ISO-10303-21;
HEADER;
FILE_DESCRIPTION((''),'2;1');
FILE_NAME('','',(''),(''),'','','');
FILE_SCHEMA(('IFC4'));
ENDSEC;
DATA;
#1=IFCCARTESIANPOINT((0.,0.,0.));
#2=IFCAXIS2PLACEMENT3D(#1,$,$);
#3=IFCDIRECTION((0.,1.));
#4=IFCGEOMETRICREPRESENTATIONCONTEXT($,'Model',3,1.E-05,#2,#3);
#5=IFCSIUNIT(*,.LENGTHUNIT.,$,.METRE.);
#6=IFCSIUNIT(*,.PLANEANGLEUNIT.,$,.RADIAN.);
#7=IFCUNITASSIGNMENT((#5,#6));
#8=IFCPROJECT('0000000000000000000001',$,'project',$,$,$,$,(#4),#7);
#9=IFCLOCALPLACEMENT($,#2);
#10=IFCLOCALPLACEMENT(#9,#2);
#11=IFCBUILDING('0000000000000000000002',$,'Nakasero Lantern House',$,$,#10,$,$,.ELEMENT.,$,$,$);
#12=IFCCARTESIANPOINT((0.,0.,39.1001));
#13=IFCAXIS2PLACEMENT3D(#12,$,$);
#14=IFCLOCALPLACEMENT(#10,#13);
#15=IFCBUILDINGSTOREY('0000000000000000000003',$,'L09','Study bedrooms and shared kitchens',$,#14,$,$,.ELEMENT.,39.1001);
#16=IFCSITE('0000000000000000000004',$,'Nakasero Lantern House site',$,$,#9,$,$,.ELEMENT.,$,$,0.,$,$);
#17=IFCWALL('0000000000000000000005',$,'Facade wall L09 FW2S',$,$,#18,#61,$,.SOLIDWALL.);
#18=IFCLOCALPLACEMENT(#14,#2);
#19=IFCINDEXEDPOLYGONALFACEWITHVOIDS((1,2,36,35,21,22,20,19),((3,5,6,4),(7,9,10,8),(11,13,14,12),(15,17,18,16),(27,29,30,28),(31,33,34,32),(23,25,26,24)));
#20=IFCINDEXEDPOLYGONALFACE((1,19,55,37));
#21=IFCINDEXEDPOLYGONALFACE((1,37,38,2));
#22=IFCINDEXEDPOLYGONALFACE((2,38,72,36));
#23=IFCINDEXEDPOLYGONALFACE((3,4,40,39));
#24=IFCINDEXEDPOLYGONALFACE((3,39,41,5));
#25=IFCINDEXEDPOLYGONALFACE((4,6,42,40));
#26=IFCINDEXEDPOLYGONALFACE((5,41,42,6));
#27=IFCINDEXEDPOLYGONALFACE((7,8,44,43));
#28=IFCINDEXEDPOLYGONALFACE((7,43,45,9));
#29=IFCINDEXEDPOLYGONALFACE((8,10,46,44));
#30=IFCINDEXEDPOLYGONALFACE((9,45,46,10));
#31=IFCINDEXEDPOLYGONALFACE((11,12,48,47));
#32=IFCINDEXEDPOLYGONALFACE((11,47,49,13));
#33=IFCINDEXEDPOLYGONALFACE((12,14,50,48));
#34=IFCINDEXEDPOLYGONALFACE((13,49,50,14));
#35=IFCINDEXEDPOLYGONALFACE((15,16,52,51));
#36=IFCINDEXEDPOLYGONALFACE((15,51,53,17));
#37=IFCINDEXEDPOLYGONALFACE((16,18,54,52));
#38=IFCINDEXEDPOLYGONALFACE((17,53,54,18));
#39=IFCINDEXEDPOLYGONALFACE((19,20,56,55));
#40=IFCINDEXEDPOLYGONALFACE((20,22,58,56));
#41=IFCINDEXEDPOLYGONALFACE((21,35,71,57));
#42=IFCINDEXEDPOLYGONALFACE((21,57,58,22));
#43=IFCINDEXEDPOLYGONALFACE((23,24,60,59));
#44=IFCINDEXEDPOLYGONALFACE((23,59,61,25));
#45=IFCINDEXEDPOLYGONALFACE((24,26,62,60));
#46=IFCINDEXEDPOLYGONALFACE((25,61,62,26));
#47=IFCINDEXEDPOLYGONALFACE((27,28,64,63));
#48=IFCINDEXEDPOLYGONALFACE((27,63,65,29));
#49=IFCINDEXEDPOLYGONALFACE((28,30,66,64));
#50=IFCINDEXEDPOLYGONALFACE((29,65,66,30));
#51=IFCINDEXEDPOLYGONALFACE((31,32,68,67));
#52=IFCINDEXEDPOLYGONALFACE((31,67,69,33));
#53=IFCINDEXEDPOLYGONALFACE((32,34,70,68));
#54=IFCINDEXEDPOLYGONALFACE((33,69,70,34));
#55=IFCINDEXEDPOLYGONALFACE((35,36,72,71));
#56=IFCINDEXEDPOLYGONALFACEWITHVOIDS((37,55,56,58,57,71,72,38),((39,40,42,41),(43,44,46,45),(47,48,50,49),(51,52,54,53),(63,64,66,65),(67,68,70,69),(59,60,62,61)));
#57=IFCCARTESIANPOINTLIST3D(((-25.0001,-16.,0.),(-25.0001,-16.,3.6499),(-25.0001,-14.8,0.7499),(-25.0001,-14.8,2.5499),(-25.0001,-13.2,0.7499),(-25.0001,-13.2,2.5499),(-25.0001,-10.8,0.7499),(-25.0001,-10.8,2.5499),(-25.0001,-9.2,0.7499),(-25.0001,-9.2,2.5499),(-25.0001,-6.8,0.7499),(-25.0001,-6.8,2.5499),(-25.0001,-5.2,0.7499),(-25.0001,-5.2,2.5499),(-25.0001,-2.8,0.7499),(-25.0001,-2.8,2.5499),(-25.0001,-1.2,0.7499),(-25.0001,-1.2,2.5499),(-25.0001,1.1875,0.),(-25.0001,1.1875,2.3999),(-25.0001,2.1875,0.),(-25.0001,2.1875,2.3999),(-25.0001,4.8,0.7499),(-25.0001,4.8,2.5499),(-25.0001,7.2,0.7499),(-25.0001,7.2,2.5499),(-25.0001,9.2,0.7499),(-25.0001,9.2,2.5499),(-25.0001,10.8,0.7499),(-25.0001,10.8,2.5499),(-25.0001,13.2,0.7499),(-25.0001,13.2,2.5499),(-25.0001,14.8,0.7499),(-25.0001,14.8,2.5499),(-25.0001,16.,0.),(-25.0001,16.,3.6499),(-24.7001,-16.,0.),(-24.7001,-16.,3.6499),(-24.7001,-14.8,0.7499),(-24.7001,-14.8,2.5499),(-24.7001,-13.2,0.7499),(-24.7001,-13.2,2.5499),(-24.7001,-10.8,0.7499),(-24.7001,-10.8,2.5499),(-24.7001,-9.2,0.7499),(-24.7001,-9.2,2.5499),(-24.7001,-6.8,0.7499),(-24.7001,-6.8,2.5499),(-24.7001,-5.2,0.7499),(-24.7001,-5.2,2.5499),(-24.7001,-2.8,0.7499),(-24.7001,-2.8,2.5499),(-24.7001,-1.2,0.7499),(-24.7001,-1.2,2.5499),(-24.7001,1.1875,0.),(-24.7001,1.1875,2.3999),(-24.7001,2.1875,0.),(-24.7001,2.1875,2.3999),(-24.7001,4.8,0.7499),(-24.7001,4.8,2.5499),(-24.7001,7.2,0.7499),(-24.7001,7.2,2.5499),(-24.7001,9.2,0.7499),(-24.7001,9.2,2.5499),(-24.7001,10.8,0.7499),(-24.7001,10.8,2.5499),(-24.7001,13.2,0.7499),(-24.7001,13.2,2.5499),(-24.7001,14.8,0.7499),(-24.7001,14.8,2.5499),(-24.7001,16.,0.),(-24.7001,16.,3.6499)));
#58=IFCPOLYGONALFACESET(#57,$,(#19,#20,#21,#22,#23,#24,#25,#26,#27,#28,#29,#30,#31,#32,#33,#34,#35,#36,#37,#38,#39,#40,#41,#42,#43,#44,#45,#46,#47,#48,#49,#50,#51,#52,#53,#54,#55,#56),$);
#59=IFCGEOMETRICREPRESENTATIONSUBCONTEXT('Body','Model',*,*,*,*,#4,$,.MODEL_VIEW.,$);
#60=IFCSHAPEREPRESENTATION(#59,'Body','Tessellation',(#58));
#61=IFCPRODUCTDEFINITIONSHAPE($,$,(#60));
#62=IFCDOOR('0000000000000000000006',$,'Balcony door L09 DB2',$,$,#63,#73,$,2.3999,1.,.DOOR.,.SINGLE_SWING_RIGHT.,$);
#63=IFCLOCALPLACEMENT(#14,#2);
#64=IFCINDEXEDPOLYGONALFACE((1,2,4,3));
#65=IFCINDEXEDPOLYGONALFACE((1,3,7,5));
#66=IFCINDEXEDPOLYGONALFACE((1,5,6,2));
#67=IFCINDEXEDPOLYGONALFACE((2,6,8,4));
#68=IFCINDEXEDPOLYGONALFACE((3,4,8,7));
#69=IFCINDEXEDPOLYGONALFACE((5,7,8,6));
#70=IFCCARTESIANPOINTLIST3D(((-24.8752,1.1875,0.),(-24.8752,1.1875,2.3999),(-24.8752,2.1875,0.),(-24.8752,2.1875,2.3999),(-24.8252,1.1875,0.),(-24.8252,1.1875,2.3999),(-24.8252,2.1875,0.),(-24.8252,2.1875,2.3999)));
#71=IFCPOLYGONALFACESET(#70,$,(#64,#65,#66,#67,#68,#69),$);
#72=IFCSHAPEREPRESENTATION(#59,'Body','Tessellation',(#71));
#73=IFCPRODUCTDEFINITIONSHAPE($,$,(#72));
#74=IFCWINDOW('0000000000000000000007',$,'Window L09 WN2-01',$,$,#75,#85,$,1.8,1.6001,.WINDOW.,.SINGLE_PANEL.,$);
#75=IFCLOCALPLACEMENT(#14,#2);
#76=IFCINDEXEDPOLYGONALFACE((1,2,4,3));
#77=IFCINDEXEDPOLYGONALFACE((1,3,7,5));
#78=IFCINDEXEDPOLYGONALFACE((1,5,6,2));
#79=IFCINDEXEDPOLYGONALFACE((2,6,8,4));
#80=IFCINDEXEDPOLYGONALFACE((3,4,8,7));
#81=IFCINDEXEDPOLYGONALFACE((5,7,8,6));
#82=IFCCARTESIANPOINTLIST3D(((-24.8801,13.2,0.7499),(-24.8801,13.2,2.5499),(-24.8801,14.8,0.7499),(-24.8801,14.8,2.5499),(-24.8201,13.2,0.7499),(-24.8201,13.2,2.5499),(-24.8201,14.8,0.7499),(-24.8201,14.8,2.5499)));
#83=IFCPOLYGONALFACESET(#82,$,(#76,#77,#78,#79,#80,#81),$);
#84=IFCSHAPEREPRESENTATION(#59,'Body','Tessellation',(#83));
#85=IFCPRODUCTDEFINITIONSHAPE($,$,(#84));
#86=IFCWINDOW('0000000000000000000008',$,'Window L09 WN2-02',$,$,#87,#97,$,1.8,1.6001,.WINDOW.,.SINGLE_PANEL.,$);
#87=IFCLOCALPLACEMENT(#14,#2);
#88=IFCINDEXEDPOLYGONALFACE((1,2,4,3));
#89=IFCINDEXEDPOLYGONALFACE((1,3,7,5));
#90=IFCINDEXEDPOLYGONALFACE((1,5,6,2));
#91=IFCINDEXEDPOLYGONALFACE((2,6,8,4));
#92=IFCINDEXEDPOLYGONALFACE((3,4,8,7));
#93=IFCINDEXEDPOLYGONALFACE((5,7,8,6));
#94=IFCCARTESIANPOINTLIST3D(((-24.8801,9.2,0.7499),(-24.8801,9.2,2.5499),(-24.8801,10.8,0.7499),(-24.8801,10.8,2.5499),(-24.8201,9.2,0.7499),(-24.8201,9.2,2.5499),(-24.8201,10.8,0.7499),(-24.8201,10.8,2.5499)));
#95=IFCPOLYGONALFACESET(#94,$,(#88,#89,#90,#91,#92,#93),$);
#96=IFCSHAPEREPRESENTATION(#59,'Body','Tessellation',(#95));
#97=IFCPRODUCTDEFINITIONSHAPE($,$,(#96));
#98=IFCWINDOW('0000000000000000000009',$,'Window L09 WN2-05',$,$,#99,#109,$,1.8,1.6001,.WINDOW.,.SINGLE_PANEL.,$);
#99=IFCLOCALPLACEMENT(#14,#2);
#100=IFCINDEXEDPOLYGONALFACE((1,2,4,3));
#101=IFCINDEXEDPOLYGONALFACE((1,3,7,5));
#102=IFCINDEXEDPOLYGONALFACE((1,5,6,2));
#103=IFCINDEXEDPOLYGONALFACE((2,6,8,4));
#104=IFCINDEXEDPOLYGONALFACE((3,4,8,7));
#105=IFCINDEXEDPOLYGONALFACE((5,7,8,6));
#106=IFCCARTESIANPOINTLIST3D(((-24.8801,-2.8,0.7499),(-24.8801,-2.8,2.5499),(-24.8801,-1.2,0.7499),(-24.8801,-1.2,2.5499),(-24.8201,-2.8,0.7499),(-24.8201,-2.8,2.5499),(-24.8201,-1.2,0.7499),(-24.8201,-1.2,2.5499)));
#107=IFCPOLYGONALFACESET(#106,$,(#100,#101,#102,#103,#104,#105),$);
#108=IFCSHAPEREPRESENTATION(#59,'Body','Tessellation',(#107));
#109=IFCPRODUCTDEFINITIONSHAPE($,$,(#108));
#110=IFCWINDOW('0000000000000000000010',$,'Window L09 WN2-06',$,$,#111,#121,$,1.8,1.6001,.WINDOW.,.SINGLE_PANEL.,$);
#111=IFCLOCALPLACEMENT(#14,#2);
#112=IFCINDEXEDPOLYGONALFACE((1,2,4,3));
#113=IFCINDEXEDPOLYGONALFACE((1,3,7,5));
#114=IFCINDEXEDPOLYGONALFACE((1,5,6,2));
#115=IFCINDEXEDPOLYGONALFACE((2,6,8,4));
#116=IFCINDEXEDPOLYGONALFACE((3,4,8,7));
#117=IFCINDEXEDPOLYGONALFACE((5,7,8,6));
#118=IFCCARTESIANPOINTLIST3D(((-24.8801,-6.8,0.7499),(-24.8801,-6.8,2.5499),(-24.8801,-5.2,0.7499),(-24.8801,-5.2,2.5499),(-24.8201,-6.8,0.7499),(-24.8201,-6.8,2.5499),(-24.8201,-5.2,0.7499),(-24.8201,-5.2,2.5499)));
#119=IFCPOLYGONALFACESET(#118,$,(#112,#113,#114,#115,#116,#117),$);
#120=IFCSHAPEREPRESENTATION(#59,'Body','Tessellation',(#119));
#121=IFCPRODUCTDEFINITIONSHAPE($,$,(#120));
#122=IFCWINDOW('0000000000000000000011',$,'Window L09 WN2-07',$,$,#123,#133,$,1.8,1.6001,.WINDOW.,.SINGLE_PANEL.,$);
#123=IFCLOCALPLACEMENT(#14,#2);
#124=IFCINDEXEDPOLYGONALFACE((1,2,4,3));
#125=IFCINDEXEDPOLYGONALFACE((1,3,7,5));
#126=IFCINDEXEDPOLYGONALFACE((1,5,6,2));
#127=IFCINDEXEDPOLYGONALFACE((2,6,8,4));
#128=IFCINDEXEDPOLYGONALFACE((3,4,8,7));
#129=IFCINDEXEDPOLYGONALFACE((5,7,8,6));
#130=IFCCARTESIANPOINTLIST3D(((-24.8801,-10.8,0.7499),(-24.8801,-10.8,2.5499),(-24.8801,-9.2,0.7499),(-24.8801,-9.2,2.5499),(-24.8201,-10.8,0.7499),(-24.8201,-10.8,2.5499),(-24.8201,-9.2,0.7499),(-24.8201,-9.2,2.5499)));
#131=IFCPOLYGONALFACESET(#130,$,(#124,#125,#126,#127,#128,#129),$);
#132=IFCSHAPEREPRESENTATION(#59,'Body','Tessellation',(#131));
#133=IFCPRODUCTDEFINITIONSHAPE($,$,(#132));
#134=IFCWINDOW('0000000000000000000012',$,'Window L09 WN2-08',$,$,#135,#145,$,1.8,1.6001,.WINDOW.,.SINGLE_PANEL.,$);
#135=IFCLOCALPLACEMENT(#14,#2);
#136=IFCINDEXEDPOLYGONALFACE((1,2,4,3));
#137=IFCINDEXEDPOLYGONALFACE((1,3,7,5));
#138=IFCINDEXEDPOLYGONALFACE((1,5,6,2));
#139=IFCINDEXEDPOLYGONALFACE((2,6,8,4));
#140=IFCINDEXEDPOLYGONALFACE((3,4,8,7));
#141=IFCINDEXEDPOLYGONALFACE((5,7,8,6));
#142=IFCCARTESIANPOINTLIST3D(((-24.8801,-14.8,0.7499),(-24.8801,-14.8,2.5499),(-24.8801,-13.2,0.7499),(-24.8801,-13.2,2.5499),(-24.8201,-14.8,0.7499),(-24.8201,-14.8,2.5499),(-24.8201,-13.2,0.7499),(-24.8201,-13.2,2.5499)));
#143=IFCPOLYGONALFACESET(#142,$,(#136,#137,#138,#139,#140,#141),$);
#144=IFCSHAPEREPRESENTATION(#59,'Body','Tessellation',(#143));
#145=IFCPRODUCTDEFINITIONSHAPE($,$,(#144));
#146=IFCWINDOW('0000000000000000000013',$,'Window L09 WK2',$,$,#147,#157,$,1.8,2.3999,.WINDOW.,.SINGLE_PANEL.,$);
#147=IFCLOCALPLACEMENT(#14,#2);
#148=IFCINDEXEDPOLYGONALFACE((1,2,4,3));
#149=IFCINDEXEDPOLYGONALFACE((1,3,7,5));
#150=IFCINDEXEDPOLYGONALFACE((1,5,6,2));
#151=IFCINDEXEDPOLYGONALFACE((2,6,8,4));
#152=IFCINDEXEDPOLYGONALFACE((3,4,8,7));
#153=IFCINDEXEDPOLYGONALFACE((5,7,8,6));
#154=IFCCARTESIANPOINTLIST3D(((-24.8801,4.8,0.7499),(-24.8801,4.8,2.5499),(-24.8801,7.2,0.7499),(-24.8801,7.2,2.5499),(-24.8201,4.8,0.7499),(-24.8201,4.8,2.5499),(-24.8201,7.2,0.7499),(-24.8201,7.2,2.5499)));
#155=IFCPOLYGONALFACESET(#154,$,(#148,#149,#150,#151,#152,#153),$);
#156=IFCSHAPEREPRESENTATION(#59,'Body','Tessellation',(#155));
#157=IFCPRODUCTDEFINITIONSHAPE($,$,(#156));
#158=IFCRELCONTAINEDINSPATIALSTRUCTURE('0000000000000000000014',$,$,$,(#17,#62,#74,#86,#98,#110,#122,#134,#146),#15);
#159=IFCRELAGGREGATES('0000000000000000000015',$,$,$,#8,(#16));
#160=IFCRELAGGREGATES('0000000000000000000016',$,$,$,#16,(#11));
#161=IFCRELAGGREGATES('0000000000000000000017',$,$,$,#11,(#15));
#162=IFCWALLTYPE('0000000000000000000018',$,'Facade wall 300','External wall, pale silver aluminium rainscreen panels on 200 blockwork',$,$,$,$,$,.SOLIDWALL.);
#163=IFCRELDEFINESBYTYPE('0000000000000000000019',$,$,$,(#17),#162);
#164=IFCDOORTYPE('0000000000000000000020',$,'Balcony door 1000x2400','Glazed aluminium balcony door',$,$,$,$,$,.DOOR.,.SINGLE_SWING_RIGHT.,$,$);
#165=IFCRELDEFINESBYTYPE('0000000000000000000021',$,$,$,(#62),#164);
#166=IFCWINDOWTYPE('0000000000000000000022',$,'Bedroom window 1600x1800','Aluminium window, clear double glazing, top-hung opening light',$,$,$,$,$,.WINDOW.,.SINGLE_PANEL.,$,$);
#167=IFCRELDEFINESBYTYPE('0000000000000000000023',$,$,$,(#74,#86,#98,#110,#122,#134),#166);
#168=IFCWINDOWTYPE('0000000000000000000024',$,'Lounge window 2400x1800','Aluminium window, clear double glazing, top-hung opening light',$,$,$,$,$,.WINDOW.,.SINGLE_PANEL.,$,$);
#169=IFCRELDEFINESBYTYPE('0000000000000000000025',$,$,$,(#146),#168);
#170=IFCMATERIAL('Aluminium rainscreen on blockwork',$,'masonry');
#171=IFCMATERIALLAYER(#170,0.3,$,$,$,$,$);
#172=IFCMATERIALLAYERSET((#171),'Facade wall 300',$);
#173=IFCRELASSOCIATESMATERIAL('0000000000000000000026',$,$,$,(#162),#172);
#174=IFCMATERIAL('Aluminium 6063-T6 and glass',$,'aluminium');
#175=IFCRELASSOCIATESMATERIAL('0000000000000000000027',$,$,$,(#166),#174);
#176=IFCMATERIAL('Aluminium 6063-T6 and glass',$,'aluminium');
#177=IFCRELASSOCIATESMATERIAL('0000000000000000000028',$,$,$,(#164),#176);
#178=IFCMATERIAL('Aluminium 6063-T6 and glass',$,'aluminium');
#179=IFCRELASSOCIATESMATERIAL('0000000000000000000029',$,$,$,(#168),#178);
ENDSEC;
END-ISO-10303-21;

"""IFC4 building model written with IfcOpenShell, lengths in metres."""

from ifc_helpers import new_model, si_unit, direction, frame, frame_2d, origin, place, context, subcontext, project, spatial, rectangle, extrude, material, layer, layer_set, type_object, element, fill, save


model = new_model("IFC4")

# Units and contexts
model_context = context("Model", 3, precision=1e-05, world=origin(), true_north=direction((0.0, 1.0)))
body_context = subcontext(model_context, "Body", "Model", "MODEL_VIEW")
ifc_project = project(units=[si_unit("LENGTHUNIT", "METRE"), si_unit("PLANEANGLEUNIT", "RADIAN")], contexts=[model_context])

# Site, building, storey
site_placement = place(None, origin())
site = spatial("IfcSite", under=ifc_project, at=site_placement, Name="Nakasero Lantern House site", CompositionType="ELEMENT", RefElevation=0.0)
building_placement = place(site_placement, origin())
building = spatial("IfcBuilding", under=site, at=building_placement, Name="Nakasero Lantern House", CompositionType="ELEMENT")
storey_placement = place(building_placement, frame((0.0, 0.0, 39.1001)))
storey = spatial("IfcBuildingStorey", under=building, at=storey_placement, Name="L09", Description="Study bedrooms and shared kitchens", CompositionType="ELEMENT", Elevation=39.1001)

# Shared definitions
ifc_material_1 = material(Name="Aluminium rainscreen on blockwork", Category="masonry")
ifc_layer_1 = layer(ifc_material_1, 0.3)
ifc_layer_set_1 = layer_set([ifc_layer_1], Name="Facade wall 300")
wall_type_1 = type_object("IfcWallType", Name="Facade wall 300", Description="External wall, pale silver aluminium rainscreen panels on 200 blockwork", PredefinedType="SOLIDWALL", material=ifc_layer_set_1)
ifc_material_2 = material(Name="Aluminium 6063-T6 and glass", Category="aluminium")
window_type_1 = type_object("IfcWindowType", Name="Bedroom window 1600x1800", Description="Aluminium window, clear double glazing, top-hung opening light", PartitioningType="SINGLE_PANEL", PredefinedType="WINDOW", material=ifc_material_2)

# Wall, openings, door, windows
wall_1_placement = place(storey_placement, frame((-24.8501, 16.0, 0.0), z_axis=(0.0, 0.0, 1.0), x_axis=(0.0, -1.0, 0.0)))
wall_1 = element("IfcWall", 1, at=wall_1_placement, inside=storey, type_object=wall_type_1, Name="Facade wall L09 FW2S", PredefinedType="SOLIDWALL", context=body_context, shape_type="SweptSolid", body=[
    extrude(rectangle(XDim=32.0, YDim=0.3, at=frame_2d((16.0, 0.0))), origin(), (0.0, 0.0, 1.0), 3.6499),
])
opening_1_placement = place(wall_1_placement, frame((1.2, 0.0, 0.75)))
opening_1 = element("IfcOpeningElement", 2, at=opening_1_placement, cuts=wall_1, PredefinedType="OPENING", context=body_context, shape_type="SweptSolid", body=[
    extrude(rectangle(XDim=1.6001, YDim=1.8, at=frame_2d((0.8, 0.8999))), frame((0.0, 0.1699, 0.0), z_axis=(0.0, -1.0, 0.0), x_axis=(1.0, 0.0, 0.0)), (0.0, 0.0, 1.0), 0.3401),
])
opening_2_placement = place(wall_1_placement, frame((5.2, 0.0, 0.75)))
opening_2 = element("IfcOpeningElement", 3, at=opening_2_placement, cuts=wall_1, PredefinedType="OPENING", context=body_context, shape_type="SweptSolid", body=[
    extrude(rectangle(XDim=1.6001, YDim=1.8, at=frame_2d((0.8, 0.8999))), frame((0.0, 0.1699, 0.0), z_axis=(0.0, -1.0, 0.0), x_axis=(1.0, 0.0, 0.0)), (0.0, 0.0, 1.0), 0.3401),
])
opening_3_placement = place(wall_1_placement, frame((17.2, 0.0, 0.75)))
opening_3 = element("IfcOpeningElement", 4, at=opening_3_placement, cuts=wall_1, PredefinedType="OPENING", context=body_context, shape_type="SweptSolid", body=[
    extrude(rectangle(XDim=1.6001, YDim=1.8, at=frame_2d((0.8, 0.8999))), frame((0.0, 0.1699, 0.0), z_axis=(0.0, -1.0, 0.0), x_axis=(1.0, 0.0, 0.0)), (0.0, 0.0, 1.0), 0.3401),
])
opening_4_placement = place(wall_1_placement, frame((21.2, 0.0, 0.75)))
opening_4 = element("IfcOpeningElement", 5, at=opening_4_placement, cuts=wall_1, PredefinedType="OPENING", context=body_context, shape_type="SweptSolid", body=[
    extrude(rectangle(XDim=1.6001, YDim=1.8, at=frame_2d((0.8, 0.8999))), frame((0.0, 0.1699, 0.0), z_axis=(0.0, -1.0, 0.0), x_axis=(1.0, 0.0, 0.0)), (0.0, 0.0, 1.0), 0.3401),
])
opening_5_placement = place(wall_1_placement, frame((25.2, 0.0, 0.75)))
opening_5 = element("IfcOpeningElement", 6, at=opening_5_placement, cuts=wall_1, PredefinedType="OPENING", context=body_context, shape_type="SweptSolid", body=[
    extrude(rectangle(XDim=1.6001, YDim=1.8, at=frame_2d((0.8, 0.8999))), frame((0.0, 0.1699, 0.0), z_axis=(0.0, -1.0, 0.0), x_axis=(1.0, 0.0, 0.0)), (0.0, 0.0, 1.0), 0.3401),
])
opening_6_placement = place(wall_1_placement, frame((29.2, 0.0, 0.75)))
opening_6 = element("IfcOpeningElement", 7, at=opening_6_placement, cuts=wall_1, PredefinedType="OPENING", context=body_context, shape_type="SweptSolid", body=[
    extrude(rectangle(XDim=1.6001, YDim=1.8, at=frame_2d((0.8, 0.8999))), frame((0.0, 0.1699, 0.0), z_axis=(0.0, -1.0, 0.0), x_axis=(1.0, 0.0, 0.0)), (0.0, 0.0, 1.0), 0.3401),
])
opening_7_placement = place(wall_1_placement, frame((8.8, 0.0, 0.75)))
opening_7 = element("IfcOpeningElement", 8, at=opening_7_placement, cuts=wall_1, PredefinedType="OPENING", context=body_context, shape_type="SweptSolid", body=[
    extrude(rectangle(XDim=2.3999, YDim=1.8, at=frame_2d((1.2, 0.8999))), frame((0.0, 0.1699, 0.0), z_axis=(0.0, -1.0, 0.0), x_axis=(1.0, 0.0, 0.0)), (0.0, 0.0, 1.0), 0.3401),
])
opening_8_placement = place(wall_1_placement, frame((13.8125, 0.0, 0.0)))
opening_8 = element("IfcOpeningElement", 9, at=opening_8_placement, cuts=wall_1, PredefinedType="OPENING", context=body_context, shape_type="SweptSolid", body=[
    extrude(rectangle(XDim=1.0, YDim=2.3999, at=frame_2d((0.5, 1.2))), frame((0.0, 0.1699, 0.0), z_axis=(0.0, -1.0, 0.0), x_axis=(1.0, 0.0, 0.0)), (0.0, 0.0, 1.0), 0.3401),
])
ifc_material_3 = material(Name="Aluminium 6063-T6 and glass", Category="aluminium")
door_type_1 = type_object("IfcDoorType", Name="Balcony door 1000x2400", Description="Glazed aluminium balcony door", OperationType="SINGLE_SWING_RIGHT", PredefinedType="DOOR", material=ifc_material_3)
door_1_placement = place(opening_8_placement, origin())
door_1 = element("IfcDoor", 10, at=door_1_placement, inside=storey, type_object=door_type_1, Name="Balcony door L09 DB2", OperationType="SINGLE_SWING_RIGHT", OverallHeight=2.3999, OverallWidth=1.0, PredefinedType="DOOR", context=body_context, shape_type="SweptSolid", body=[
    extrude(rectangle(XDim=1.0, YDim=2.3999, at=frame_2d((0.5, 1.2))), frame((0.0, 0.0249, 0.0), z_axis=(0.0, -1.0, 0.0), x_axis=(1.0, 0.0, 0.0)), (0.0, 0.0, 1.0), 0.05),
])
fill(opening_8, door_1)
window_1_placement = place(opening_1_placement, origin())
window_1 = element("IfcWindow", 11, at=window_1_placement, inside=storey, type_object=window_type_1, Name="Window L09 WN2-01", OverallHeight=1.8, OverallWidth=1.6001, PartitioningType="SINGLE_PANEL", PredefinedType="WINDOW", context=body_context, shape_type="SweptSolid", body=[
    extrude(rectangle(XDim=1.6001, YDim=1.8, at=frame_2d((0.8, 0.8999))), frame((0.0, 0.03, 0.0), z_axis=(0.0, -1.0, 0.0), x_axis=(1.0, 0.0, 0.0)), (0.0, 0.0, 1.0), 0.0601),
])
fill(opening_1, window_1)
window_2_placement = place(opening_2_placement, origin())
window_2 = element("IfcWindow", 12, at=window_2_placement, inside=storey, type_object=window_type_1, Name="Window L09 WN2-02", OverallHeight=1.8, OverallWidth=1.6001, PartitioningType="SINGLE_PANEL", PredefinedType="WINDOW", context=body_context, shape_type="SweptSolid", body=[
    extrude(rectangle(XDim=1.6001, YDim=1.8, at=frame_2d((0.8, 0.8999))), frame((0.0, 0.03, 0.0), z_axis=(0.0, -1.0, 0.0), x_axis=(1.0, 0.0, 0.0)), (0.0, 0.0, 1.0), 0.0601),
])
fill(opening_2, window_2)
window_3_placement = place(opening_3_placement, origin())
window_3 = element("IfcWindow", 13, at=window_3_placement, inside=storey, type_object=window_type_1, Name="Window L09 WN2-05", OverallHeight=1.8, OverallWidth=1.6001, PartitioningType="SINGLE_PANEL", PredefinedType="WINDOW", context=body_context, shape_type="SweptSolid", body=[
    extrude(rectangle(XDim=1.6001, YDim=1.8, at=frame_2d((0.8, 0.8999))), frame((0.0, 0.03, 0.0), z_axis=(0.0, -1.0, 0.0), x_axis=(1.0, 0.0, 0.0)), (0.0, 0.0, 1.0), 0.0601),
])
fill(opening_3, window_3)
window_4_placement = place(opening_4_placement, origin())
window_4 = element("IfcWindow", 14, at=window_4_placement, inside=storey, type_object=window_type_1, Name="Window L09 WN2-06", OverallHeight=1.8, OverallWidth=1.6001, PartitioningType="SINGLE_PANEL", PredefinedType="WINDOW", context=body_context, shape_type="SweptSolid", body=[
    extrude(rectangle(XDim=1.6001, YDim=1.8, at=frame_2d((0.8, 0.8999))), frame((0.0, 0.03, 0.0), z_axis=(0.0, -1.0, 0.0), x_axis=(1.0, 0.0, 0.0)), (0.0, 0.0, 1.0), 0.0601),
])
fill(opening_4, window_4)
window_5_placement = place(opening_5_placement, origin())
window_5 = element("IfcWindow", 15, at=window_5_placement, inside=storey, type_object=window_type_1, Name="Window L09 WN2-07", OverallHeight=1.8, OverallWidth=1.6001, PartitioningType="SINGLE_PANEL", PredefinedType="WINDOW", context=body_context, shape_type="SweptSolid", body=[
    extrude(rectangle(XDim=1.6001, YDim=1.8, at=frame_2d((0.8, 0.8999))), frame((0.0, 0.03, 0.0), z_axis=(0.0, -1.0, 0.0), x_axis=(1.0, 0.0, 0.0)), (0.0, 0.0, 1.0), 0.0601),
])
fill(opening_5, window_5)
window_6_placement = place(opening_6_placement, origin())
window_6 = element("IfcWindow", 16, at=window_6_placement, inside=storey, type_object=window_type_1, Name="Window L09 WN2-08", OverallHeight=1.8, OverallWidth=1.6001, PartitioningType="SINGLE_PANEL", PredefinedType="WINDOW", context=body_context, shape_type="SweptSolid", body=[
    extrude(rectangle(XDim=1.6001, YDim=1.8, at=frame_2d((0.8, 0.8999))), frame((0.0, 0.03, 0.0), z_axis=(0.0, -1.0, 0.0), x_axis=(1.0, 0.0, 0.0)), (0.0, 0.0, 1.0), 0.0601),
])
fill(opening_6, window_6)
ifc_material_4 = material(Name="Aluminium 6063-T6 and glass", Category="aluminium")
window_type_2 = type_object("IfcWindowType", Name="Lounge window 2400x1800", Description="Aluminium window, clear double glazing, top-hung opening light", PartitioningType="SINGLE_PANEL", PredefinedType="WINDOW", material=ifc_material_4)
window_7_placement = place(opening_7_placement, origin())
window_7 = element("IfcWindow", 17, at=window_7_placement, inside=storey, type_object=window_type_2, Name="Window L09 WK2", OverallHeight=1.8, OverallWidth=2.3999, PartitioningType="SINGLE_PANEL", PredefinedType="WINDOW", context=body_context, shape_type="SweptSolid", body=[
    extrude(rectangle(XDim=2.3999, YDim=1.8, at=frame_2d((1.2, 0.8999))), frame((0.0, 0.03, 0.0), z_axis=(0.0, -1.0, 0.0), x_axis=(1.0, 0.0, 0.0)), (0.0, 0.0, 1.0), 0.0601),
])
fill(opening_7, window_7)

save(model, "model.ifc")
